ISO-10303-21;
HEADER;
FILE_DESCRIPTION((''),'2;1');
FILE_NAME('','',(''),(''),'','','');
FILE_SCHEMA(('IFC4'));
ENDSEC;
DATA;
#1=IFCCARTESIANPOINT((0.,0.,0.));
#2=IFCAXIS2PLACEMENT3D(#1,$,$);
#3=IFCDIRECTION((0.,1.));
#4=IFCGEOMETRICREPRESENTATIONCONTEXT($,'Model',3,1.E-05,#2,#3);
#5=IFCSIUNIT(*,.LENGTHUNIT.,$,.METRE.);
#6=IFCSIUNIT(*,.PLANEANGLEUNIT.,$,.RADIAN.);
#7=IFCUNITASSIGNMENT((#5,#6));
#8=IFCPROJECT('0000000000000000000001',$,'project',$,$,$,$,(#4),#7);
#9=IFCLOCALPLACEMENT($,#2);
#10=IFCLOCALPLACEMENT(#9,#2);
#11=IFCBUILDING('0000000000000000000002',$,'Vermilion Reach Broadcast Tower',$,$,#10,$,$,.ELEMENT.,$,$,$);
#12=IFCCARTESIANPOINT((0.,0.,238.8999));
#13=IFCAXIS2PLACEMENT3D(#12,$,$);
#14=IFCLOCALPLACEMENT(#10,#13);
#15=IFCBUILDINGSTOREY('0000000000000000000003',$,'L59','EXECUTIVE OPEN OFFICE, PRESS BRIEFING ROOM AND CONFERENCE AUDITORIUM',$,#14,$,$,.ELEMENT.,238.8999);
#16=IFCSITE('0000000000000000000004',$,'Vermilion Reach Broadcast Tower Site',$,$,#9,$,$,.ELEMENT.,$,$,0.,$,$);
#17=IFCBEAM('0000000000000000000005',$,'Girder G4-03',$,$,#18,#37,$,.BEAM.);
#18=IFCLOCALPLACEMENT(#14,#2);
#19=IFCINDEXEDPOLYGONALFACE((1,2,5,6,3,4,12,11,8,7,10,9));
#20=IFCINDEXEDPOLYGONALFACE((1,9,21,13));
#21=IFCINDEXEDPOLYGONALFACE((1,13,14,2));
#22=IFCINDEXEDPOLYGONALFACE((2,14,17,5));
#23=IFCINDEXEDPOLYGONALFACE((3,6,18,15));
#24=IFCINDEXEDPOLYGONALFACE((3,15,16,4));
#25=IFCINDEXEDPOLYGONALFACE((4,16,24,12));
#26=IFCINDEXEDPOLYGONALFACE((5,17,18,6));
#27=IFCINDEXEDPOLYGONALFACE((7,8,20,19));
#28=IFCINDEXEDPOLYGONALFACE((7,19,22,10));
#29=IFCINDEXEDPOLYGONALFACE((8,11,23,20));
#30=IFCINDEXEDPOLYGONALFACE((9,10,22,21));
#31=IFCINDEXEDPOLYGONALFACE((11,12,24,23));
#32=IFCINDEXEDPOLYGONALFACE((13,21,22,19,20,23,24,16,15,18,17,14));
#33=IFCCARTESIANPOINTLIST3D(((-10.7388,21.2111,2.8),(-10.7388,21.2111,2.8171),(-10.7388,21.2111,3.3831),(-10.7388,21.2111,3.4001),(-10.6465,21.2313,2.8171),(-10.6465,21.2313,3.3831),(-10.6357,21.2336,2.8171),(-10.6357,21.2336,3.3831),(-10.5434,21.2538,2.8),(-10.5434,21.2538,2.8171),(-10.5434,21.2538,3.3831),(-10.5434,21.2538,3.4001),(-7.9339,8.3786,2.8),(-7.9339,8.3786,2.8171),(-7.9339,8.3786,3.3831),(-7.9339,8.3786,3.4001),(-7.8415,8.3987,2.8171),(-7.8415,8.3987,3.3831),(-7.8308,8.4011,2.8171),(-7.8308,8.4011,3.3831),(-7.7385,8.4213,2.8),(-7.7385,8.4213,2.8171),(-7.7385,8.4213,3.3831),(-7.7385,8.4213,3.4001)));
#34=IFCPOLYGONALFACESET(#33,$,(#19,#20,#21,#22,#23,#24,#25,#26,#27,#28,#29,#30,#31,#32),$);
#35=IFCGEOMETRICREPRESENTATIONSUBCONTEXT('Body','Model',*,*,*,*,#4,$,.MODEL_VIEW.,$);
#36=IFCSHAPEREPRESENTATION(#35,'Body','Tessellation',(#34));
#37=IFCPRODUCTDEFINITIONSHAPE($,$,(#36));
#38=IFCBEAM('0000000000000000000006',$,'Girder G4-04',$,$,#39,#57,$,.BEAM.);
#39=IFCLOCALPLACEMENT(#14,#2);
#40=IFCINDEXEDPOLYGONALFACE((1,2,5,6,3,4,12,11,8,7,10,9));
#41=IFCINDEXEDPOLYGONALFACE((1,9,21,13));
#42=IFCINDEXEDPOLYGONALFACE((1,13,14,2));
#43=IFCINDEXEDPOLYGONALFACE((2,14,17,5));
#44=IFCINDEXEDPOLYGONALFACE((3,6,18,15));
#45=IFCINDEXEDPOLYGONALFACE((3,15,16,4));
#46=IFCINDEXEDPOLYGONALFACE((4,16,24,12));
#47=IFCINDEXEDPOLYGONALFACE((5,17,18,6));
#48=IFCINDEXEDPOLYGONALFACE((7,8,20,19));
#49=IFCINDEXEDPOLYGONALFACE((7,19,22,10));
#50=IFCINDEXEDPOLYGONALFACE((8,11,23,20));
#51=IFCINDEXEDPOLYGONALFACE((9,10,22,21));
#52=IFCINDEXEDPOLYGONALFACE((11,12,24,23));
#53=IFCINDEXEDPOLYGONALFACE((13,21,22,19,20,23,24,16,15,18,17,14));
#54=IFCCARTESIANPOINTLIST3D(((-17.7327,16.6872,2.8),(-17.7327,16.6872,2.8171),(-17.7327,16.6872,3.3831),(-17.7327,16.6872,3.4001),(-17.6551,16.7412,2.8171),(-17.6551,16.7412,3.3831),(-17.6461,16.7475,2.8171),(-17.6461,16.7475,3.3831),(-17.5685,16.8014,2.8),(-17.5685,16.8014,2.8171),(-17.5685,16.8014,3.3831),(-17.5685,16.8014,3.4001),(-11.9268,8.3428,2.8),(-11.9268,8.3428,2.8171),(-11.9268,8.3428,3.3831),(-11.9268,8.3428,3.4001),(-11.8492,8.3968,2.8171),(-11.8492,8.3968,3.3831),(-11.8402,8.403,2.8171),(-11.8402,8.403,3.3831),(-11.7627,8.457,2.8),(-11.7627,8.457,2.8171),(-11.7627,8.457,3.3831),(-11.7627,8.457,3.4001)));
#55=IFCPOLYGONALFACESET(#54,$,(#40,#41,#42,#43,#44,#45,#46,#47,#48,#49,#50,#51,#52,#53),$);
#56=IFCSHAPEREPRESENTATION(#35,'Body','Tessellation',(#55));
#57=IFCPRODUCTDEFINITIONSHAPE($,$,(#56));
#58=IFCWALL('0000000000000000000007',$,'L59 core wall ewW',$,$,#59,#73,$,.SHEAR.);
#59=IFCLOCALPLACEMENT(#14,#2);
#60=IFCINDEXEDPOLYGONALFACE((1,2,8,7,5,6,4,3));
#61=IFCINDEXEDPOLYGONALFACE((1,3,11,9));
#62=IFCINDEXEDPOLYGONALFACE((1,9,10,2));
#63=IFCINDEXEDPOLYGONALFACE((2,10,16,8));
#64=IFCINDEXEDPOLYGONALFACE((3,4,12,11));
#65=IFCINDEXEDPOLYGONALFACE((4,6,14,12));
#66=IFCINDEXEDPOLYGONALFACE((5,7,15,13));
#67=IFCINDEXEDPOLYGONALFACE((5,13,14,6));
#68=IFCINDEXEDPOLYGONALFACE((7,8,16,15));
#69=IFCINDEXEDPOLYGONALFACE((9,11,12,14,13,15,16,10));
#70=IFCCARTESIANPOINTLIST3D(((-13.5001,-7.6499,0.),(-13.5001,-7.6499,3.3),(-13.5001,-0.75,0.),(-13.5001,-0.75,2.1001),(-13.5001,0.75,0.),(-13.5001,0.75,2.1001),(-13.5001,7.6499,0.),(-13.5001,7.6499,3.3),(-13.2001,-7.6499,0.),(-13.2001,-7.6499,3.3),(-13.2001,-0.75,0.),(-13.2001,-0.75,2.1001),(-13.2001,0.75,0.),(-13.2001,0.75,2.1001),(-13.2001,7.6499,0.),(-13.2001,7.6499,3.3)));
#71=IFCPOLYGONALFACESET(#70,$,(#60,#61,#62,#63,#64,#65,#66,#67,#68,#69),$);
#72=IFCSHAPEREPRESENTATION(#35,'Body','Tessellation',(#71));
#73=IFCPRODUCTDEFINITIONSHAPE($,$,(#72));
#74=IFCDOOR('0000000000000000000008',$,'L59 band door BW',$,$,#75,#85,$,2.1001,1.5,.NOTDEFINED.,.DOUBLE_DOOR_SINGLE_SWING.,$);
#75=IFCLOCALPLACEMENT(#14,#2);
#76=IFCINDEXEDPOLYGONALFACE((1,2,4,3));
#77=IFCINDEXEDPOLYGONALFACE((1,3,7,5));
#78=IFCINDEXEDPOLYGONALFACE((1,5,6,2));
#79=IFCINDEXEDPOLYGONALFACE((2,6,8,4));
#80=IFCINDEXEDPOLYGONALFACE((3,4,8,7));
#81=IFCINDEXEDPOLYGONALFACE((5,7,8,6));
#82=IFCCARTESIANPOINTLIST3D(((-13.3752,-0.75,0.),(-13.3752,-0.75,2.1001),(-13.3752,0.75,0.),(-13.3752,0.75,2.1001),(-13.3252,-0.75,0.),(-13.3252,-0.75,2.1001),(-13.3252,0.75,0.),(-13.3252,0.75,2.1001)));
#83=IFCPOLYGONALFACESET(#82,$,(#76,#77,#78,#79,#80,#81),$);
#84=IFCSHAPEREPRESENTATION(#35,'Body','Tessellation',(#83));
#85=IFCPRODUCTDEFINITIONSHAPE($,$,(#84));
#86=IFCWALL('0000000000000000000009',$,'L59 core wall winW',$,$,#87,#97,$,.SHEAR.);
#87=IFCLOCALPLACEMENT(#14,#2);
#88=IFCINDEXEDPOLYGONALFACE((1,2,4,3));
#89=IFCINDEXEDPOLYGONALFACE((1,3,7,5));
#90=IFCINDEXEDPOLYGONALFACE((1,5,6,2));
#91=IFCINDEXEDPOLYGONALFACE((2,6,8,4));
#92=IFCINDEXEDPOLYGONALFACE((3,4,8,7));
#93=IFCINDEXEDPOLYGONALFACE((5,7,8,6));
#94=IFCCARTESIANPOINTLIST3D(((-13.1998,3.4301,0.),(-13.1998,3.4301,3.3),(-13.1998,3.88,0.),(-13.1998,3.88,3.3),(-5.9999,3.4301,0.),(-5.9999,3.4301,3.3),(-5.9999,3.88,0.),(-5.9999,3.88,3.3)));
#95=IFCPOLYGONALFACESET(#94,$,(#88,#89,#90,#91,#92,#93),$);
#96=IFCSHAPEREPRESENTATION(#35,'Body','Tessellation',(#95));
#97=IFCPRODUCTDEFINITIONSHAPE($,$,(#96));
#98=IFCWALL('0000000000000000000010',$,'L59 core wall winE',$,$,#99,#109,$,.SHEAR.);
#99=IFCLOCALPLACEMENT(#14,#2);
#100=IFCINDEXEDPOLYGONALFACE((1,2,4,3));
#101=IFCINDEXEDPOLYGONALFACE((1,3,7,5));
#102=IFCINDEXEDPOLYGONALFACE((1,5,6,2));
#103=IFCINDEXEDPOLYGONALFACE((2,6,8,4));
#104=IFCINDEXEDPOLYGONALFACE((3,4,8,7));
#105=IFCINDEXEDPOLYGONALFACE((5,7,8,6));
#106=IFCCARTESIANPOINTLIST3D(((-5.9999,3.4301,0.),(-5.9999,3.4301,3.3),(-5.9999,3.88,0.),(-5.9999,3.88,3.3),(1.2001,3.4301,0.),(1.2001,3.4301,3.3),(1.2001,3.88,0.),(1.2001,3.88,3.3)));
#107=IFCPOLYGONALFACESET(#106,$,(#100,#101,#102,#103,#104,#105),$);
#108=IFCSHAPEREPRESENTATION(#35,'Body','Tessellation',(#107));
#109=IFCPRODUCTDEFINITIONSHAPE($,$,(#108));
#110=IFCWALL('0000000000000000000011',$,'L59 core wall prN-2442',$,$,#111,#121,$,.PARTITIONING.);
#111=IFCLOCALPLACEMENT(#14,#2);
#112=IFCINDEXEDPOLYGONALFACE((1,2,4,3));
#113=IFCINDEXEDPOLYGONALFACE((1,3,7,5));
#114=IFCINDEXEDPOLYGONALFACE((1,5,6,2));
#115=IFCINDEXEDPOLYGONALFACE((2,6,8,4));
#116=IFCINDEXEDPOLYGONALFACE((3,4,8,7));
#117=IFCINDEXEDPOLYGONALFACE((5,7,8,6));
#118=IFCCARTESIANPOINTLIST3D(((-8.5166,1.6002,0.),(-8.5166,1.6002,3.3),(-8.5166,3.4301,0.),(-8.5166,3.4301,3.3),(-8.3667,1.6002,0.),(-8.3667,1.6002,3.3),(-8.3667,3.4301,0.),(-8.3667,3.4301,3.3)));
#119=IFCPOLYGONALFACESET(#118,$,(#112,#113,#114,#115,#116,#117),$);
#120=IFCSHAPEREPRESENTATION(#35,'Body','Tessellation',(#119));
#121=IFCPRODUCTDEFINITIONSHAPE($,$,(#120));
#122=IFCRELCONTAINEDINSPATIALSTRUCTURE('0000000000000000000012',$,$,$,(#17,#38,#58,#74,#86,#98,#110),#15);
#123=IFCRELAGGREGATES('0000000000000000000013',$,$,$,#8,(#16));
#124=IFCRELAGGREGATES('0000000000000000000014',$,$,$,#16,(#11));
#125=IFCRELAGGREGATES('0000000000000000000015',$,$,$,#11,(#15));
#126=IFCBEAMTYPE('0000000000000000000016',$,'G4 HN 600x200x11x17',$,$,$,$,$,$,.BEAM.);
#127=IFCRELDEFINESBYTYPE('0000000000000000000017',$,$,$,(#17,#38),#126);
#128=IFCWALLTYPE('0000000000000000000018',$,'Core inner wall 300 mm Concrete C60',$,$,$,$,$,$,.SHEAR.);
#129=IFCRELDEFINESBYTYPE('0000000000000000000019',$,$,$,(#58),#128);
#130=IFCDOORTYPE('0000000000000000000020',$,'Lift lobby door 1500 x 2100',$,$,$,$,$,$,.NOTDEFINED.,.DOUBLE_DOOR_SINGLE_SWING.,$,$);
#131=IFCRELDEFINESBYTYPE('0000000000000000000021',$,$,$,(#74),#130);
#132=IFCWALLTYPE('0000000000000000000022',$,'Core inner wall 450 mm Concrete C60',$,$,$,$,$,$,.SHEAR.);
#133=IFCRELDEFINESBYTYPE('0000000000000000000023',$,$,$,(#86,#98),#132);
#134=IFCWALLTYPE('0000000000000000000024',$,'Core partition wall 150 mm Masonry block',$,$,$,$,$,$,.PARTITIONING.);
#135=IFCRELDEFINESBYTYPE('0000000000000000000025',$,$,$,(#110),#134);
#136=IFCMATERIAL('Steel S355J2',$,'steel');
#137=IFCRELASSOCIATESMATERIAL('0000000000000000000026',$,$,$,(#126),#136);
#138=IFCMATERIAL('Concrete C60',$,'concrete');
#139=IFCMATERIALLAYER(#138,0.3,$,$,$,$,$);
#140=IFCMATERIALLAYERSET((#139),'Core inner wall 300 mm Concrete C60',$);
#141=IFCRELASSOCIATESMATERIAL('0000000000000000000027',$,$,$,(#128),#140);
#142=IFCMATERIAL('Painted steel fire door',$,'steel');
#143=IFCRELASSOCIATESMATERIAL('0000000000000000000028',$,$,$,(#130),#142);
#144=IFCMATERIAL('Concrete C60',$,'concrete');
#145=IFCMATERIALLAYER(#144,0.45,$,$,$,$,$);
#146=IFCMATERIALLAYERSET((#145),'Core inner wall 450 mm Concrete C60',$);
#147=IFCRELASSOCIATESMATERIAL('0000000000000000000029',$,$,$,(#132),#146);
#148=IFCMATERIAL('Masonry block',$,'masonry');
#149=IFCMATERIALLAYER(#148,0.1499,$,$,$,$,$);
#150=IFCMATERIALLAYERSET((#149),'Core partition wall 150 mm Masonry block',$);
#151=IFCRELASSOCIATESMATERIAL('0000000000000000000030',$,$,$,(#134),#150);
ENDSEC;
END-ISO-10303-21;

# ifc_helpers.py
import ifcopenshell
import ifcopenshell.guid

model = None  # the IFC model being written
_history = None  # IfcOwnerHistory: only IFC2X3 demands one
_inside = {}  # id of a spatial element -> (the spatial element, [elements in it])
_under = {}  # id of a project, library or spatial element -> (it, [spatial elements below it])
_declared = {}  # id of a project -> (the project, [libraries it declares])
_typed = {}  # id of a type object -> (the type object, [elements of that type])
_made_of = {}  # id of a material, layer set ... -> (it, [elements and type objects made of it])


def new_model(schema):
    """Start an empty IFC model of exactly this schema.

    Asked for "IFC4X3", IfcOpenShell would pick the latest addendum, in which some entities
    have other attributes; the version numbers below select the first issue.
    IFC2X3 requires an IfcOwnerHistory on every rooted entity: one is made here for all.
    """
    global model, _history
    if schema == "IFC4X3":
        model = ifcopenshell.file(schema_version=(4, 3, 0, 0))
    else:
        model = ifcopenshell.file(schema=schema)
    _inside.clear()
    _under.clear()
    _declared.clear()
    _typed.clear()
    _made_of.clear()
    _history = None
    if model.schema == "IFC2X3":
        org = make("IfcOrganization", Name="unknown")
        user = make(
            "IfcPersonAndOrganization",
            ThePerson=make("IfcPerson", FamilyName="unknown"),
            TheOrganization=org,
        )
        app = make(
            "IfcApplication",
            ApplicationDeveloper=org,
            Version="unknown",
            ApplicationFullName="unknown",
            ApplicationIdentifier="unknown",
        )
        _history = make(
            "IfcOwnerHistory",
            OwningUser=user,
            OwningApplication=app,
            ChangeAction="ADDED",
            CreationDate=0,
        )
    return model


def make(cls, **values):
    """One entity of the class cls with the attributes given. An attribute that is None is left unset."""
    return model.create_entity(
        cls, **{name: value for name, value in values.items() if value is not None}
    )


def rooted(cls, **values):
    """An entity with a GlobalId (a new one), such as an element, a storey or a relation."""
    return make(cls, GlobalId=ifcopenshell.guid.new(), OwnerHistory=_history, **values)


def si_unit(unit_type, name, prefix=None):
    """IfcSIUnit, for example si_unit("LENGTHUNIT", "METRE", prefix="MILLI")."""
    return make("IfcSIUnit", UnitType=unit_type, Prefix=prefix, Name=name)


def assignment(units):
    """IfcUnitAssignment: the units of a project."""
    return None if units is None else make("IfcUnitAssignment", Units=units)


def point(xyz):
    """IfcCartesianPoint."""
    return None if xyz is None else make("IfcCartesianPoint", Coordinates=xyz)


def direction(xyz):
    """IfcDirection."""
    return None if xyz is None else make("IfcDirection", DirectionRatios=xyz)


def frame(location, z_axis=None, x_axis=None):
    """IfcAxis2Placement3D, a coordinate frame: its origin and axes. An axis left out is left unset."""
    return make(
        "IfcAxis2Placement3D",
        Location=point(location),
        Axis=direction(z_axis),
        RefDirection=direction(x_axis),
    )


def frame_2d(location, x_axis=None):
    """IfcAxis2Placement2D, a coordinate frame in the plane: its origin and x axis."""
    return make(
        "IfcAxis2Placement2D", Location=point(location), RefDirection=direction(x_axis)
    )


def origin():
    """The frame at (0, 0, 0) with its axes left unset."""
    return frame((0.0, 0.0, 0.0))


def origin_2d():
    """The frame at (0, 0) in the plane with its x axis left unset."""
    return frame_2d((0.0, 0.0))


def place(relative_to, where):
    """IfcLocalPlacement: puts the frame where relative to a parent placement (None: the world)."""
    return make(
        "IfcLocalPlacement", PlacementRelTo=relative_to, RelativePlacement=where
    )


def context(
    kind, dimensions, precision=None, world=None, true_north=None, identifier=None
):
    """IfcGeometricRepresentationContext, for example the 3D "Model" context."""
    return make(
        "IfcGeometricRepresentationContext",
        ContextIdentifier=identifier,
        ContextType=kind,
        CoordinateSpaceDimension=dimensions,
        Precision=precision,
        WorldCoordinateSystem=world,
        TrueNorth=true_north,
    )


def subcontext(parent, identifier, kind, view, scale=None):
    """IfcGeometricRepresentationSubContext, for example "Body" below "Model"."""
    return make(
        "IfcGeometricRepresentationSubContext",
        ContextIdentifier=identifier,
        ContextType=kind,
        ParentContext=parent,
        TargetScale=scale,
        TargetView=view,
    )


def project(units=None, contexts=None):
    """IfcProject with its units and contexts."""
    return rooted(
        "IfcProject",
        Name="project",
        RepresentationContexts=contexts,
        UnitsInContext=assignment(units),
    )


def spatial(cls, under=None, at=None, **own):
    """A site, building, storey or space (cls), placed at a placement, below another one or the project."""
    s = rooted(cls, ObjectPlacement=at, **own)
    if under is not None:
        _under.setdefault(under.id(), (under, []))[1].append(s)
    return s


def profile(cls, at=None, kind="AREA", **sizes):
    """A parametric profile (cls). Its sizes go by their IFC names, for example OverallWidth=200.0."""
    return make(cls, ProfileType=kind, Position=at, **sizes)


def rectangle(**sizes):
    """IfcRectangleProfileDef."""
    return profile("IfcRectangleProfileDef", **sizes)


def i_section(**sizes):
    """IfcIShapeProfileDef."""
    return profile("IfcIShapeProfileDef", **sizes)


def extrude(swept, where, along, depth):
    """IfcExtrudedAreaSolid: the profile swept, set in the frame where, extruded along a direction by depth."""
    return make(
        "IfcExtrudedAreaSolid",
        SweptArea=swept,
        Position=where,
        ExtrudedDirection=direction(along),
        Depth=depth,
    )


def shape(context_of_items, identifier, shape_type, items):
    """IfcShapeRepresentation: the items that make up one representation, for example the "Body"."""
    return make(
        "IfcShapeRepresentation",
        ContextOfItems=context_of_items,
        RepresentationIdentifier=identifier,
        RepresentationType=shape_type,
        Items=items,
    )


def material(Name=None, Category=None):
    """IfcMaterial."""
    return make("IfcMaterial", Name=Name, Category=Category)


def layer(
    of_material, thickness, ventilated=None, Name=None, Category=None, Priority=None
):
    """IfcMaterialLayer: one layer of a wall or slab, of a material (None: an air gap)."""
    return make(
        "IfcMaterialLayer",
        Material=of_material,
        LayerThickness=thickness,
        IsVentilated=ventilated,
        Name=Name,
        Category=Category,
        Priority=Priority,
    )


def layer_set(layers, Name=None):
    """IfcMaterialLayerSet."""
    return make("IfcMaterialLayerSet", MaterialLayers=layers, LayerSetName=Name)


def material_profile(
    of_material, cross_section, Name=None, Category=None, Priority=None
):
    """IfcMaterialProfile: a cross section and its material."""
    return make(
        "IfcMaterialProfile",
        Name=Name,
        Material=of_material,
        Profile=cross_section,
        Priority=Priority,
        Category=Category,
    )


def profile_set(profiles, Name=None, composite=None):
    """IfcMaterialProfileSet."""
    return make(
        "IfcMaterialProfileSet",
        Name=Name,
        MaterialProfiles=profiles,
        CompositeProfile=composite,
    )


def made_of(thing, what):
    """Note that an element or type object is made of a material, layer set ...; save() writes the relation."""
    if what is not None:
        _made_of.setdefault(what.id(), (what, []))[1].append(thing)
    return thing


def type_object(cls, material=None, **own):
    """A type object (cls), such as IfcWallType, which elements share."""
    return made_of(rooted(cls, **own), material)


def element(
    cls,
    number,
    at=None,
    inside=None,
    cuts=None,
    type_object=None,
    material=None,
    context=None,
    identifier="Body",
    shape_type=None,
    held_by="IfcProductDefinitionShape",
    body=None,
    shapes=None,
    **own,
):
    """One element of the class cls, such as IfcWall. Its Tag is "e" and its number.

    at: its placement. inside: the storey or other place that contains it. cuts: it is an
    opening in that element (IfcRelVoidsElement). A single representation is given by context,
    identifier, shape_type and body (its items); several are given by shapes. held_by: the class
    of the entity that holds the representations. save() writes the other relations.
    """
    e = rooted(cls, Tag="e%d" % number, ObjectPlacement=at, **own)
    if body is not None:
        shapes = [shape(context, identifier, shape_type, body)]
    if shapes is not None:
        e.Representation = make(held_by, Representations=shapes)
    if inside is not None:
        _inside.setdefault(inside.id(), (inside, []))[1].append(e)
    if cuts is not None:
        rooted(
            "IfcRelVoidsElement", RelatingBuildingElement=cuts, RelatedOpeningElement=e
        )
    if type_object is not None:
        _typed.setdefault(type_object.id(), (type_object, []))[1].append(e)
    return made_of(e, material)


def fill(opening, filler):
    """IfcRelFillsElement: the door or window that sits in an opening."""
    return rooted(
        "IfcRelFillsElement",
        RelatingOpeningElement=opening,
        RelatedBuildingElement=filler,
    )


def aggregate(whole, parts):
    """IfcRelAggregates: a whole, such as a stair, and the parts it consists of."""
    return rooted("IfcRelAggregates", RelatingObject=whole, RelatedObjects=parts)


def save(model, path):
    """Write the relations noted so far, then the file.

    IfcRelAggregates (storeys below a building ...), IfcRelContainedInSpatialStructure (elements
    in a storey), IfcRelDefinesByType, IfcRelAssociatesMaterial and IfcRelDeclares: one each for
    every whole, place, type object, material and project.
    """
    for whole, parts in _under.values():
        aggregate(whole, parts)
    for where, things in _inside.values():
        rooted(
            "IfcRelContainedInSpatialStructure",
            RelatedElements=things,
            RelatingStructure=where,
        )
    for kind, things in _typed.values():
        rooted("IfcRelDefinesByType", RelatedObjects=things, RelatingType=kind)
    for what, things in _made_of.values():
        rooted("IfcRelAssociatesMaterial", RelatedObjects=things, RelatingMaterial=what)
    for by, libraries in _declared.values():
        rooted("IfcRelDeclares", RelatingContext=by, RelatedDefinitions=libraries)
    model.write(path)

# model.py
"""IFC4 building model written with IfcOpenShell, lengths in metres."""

from ifc_helpers import new_model, si_unit, direction, frame, frame_2d, origin, origin_2d, place, context, subcontext, project, spatial, rectangle, i_section, extrude, material, layer, layer_set, material_profile, profile_set, type_object, element, fill, save


model = new_model("IFC4")

# Units and contexts
model_context = context("Model", 3, precision=1e-05, world=origin(), true_north=direction((0.0, 1.0)))
body_context = subcontext(model_context, "Body", "Model", "MODEL_VIEW")
ifc_project = project(units=[si_unit("LENGTHUNIT", "METRE"), si_unit("PLANEANGLEUNIT", "RADIAN")], contexts=[model_context])

# Site, building, storey
site_placement = place(None, origin())
site = spatial("IfcSite", under=ifc_project, at=site_placement, Name="Vermilion Reach Broadcast Tower Site", CompositionType="ELEMENT", RefElevation=0.0)
building_placement = place(site_placement, origin())
building = spatial("IfcBuilding", under=site, at=building_placement, Name="Vermilion Reach Broadcast Tower", CompositionType="ELEMENT")
storey_placement = place(building_placement, frame((0.0, 0.0, 238.8999)))
storey = spatial("IfcBuildingStorey", under=building, at=storey_placement, Name="L59", Description="EXECUTIVE OPEN OFFICE, PRESS BRIEFING ROOM AND CONFERENCE AUDITORIUM", CompositionType="ELEMENT", Elevation=238.8999)

# Beams
ifc_material_1 = material(Name="Steel S355J2", Category="steel")
ifc_material_profile = material_profile(ifc_material_1, i_section(OverallWidth=0.2, OverallDepth=0.6001, WebThickness=0.011, FlangeThickness=0.0171, at=origin_2d()), Name="S355J2 HN 600x200x11x17")
ifc_profile_set = profile_set([ifc_material_profile], Name="Steel S355J2")
beam_type = type_object("IfcBeamType", Name="G4 HN 600x200x11x17", PredefinedType="BEAM", material=ifc_profile_set)
beam_1_placement = place(storey_placement, frame((-7.8362, 8.3999, 3.1001), z_axis=(-0.213538, 0.976935, 0.0), x_axis=(-0.976935, -0.213538, 0.0)))
element("IfcBeam", 1, at=beam_1_placement, inside=storey, type_object=beam_type, Name="Girder G4-03", PredefinedType="BEAM", context=body_context, shape_type="SweptSolid", body=[
    extrude(i_section(OverallWidth=0.2, OverallDepth=0.6001, WebThickness=0.011, FlangeThickness=0.0171, at=origin_2d()), origin(), (0.0, 0.0, 1.0), 13.1355),
])
beam_2_placement = place(storey_placement, frame((-11.8447, 8.3999, 3.1001), z_axis=(-0.571134, 0.820857, 0.0), x_axis=(-0.820857, -0.571134, 0.0)))
element("IfcBeam", 2, at=beam_2_placement, inside=storey, type_object=beam_type, Name="Girder G4-04", PredefinedType="BEAM", context=body_context, shape_type="SweptSolid", body=[
    extrude(i_section(OverallWidth=0.2, OverallDepth=0.6001, WebThickness=0.011, FlangeThickness=0.0171, at=origin_2d()), origin(), (0.0, 0.0, 1.0), 10.1655),
])

# Wall, opening, door
ifc_material_2 = material(Name="Concrete C60", Category="concrete")
ifc_layer_1 = layer(ifc_material_2, 0.3)
ifc_layer_set_1 = layer_set([ifc_layer_1], Name="Core inner wall 300 mm Concrete C60")
wall_type_1 = type_object("IfcWallType", Name="Core inner wall 300 mm Concrete C60", PredefinedType="SHEAR", material=ifc_layer_set_1)
wall_1_placement = place(storey_placement, frame((-13.3501, 7.6499, 0.0), z_axis=(0.0, 0.0, 1.0), x_axis=(0.0, -1.0, 0.0)))
wall_1 = element("IfcWall", 3, at=wall_1_placement, inside=storey, type_object=wall_type_1, Name="L59 core wall ewW", PredefinedType="SHEAR", context=body_context, shape_type="SweptSolid", body=[
    extrude(rectangle(XDim=15.2998, YDim=0.3, at=frame_2d((7.6499, 0.0))), origin(), (0.0, 0.0, 1.0), 3.3),
])
opening_1_placement = place(wall_1_placement, frame((6.8999, 0.0, 0.0)))
opening_1 = element("IfcOpeningElement", 4, at=opening_1_placement, cuts=wall_1, PredefinedType="OPENING", context=body_context, shape_type="SweptSolid", body=[
    extrude(rectangle(XDim=1.5, YDim=2.1001, at=frame_2d((0.75, 1.05))), frame((0.0, 0.1599, 0.0), z_axis=(0.0, -1.0, 0.0), x_axis=(1.0, 0.0, 0.0)), (0.0, 0.0, 1.0), 0.3201),
])
ifc_material_3 = material(Name="Painted steel fire door", Category="steel")
door_type_1 = type_object("IfcDoorType", Name="Lift lobby door 1500 x 2100", OperationType="DOUBLE_DOOR_SINGLE_SWING", PredefinedType="NOTDEFINED", material=ifc_material_3)
door_1_placement = place(opening_1_placement, origin())
door_1 = element("IfcDoor", 5, at=door_1_placement, inside=storey, type_object=door_type_1, Name="L59 band door BW", OperationType="DOUBLE_DOOR_SINGLE_SWING", OverallHeight=2.1001, OverallWidth=1.5, PredefinedType="NOTDEFINED", context=body_context, shape_type="SweptSolid", body=[
    extrude(rectangle(XDim=1.5, YDim=2.1001, at=frame_2d((0.75, 1.05))), frame((0.0, 0.0249, 0.0), z_axis=(0.0, -1.0, 0.0), x_axis=(1.0, 0.0, 0.0)), (0.0, 0.0, 1.0), 0.05),
])
fill(opening_1, door_1)

# Walls
ifc_material_4 = material(Name="Concrete C60", Category="concrete")
ifc_layer_2 = layer(ifc_material_4, 0.45)
ifc_layer_set_2 = layer_set([ifc_layer_2], Name="Core inner wall 450 mm Concrete C60")
wall_type_2 = type_object("IfcWallType", Name="Core inner wall 450 mm Concrete C60", PredefinedType="SHEAR", material=ifc_layer_set_2)
for number, where, z_axis, x_axis, name in (
    (6, (-13.2, 3.655, 0.0), (0.0, 0.0, 1.0), (1.0, 0.0, 0.0), "L59 core wall winW"),
    (7, (-6.0, 3.655, 0.0), (0.0, 0.0, 1.0), (1.0, 0.0, 0.0), "L59 core wall winE"),
):
    element("IfcWall", number, at=place(storey_placement, frame(where, z_axis=z_axis, x_axis=x_axis)), inside=storey, type_object=wall_type_2, Name=name, PredefinedType="SHEAR", context=body_context, shape_type="SweptSolid", body=[
        extrude(rectangle(XDim=7.2, YDim=0.45, at=frame_2d((3.6001, 0.0))), origin(), (0.0, 0.0, 1.0), 3.3),
    ])
ifc_material_5 = material(Name="Masonry block", Category="masonry")
ifc_layer_3 = layer(ifc_material_5, 0.1499)
ifc_layer_set_3 = layer_set([ifc_layer_3], Name="Core partition wall 150 mm Masonry block")
wall_type_3 = type_object("IfcWallType", Name="Core partition wall 150 mm Masonry block", PredefinedType="PARTITIONING", material=ifc_layer_set_3)
wall_2_placement = place(storey_placement, frame((-8.4417, 1.6001, 0.0), z_axis=(0.0, 0.0, 1.0), x_axis=(0.0, 1.0, 0.0)))
element("IfcWall", 8, at=wall_2_placement, inside=storey, type_object=wall_type_3, Name="L59 core wall prN-2442", PredefinedType="PARTITIONING", context=body_context, shape_type="SweptSolid", body=[
    extrude(rectangle(XDim=1.8298, YDim=0.1499, at=frame_2d((0.915, 0.0))), origin(), (0.0, 0.0, 1.0), 3.3),
])

save(model, "model.ifc")
